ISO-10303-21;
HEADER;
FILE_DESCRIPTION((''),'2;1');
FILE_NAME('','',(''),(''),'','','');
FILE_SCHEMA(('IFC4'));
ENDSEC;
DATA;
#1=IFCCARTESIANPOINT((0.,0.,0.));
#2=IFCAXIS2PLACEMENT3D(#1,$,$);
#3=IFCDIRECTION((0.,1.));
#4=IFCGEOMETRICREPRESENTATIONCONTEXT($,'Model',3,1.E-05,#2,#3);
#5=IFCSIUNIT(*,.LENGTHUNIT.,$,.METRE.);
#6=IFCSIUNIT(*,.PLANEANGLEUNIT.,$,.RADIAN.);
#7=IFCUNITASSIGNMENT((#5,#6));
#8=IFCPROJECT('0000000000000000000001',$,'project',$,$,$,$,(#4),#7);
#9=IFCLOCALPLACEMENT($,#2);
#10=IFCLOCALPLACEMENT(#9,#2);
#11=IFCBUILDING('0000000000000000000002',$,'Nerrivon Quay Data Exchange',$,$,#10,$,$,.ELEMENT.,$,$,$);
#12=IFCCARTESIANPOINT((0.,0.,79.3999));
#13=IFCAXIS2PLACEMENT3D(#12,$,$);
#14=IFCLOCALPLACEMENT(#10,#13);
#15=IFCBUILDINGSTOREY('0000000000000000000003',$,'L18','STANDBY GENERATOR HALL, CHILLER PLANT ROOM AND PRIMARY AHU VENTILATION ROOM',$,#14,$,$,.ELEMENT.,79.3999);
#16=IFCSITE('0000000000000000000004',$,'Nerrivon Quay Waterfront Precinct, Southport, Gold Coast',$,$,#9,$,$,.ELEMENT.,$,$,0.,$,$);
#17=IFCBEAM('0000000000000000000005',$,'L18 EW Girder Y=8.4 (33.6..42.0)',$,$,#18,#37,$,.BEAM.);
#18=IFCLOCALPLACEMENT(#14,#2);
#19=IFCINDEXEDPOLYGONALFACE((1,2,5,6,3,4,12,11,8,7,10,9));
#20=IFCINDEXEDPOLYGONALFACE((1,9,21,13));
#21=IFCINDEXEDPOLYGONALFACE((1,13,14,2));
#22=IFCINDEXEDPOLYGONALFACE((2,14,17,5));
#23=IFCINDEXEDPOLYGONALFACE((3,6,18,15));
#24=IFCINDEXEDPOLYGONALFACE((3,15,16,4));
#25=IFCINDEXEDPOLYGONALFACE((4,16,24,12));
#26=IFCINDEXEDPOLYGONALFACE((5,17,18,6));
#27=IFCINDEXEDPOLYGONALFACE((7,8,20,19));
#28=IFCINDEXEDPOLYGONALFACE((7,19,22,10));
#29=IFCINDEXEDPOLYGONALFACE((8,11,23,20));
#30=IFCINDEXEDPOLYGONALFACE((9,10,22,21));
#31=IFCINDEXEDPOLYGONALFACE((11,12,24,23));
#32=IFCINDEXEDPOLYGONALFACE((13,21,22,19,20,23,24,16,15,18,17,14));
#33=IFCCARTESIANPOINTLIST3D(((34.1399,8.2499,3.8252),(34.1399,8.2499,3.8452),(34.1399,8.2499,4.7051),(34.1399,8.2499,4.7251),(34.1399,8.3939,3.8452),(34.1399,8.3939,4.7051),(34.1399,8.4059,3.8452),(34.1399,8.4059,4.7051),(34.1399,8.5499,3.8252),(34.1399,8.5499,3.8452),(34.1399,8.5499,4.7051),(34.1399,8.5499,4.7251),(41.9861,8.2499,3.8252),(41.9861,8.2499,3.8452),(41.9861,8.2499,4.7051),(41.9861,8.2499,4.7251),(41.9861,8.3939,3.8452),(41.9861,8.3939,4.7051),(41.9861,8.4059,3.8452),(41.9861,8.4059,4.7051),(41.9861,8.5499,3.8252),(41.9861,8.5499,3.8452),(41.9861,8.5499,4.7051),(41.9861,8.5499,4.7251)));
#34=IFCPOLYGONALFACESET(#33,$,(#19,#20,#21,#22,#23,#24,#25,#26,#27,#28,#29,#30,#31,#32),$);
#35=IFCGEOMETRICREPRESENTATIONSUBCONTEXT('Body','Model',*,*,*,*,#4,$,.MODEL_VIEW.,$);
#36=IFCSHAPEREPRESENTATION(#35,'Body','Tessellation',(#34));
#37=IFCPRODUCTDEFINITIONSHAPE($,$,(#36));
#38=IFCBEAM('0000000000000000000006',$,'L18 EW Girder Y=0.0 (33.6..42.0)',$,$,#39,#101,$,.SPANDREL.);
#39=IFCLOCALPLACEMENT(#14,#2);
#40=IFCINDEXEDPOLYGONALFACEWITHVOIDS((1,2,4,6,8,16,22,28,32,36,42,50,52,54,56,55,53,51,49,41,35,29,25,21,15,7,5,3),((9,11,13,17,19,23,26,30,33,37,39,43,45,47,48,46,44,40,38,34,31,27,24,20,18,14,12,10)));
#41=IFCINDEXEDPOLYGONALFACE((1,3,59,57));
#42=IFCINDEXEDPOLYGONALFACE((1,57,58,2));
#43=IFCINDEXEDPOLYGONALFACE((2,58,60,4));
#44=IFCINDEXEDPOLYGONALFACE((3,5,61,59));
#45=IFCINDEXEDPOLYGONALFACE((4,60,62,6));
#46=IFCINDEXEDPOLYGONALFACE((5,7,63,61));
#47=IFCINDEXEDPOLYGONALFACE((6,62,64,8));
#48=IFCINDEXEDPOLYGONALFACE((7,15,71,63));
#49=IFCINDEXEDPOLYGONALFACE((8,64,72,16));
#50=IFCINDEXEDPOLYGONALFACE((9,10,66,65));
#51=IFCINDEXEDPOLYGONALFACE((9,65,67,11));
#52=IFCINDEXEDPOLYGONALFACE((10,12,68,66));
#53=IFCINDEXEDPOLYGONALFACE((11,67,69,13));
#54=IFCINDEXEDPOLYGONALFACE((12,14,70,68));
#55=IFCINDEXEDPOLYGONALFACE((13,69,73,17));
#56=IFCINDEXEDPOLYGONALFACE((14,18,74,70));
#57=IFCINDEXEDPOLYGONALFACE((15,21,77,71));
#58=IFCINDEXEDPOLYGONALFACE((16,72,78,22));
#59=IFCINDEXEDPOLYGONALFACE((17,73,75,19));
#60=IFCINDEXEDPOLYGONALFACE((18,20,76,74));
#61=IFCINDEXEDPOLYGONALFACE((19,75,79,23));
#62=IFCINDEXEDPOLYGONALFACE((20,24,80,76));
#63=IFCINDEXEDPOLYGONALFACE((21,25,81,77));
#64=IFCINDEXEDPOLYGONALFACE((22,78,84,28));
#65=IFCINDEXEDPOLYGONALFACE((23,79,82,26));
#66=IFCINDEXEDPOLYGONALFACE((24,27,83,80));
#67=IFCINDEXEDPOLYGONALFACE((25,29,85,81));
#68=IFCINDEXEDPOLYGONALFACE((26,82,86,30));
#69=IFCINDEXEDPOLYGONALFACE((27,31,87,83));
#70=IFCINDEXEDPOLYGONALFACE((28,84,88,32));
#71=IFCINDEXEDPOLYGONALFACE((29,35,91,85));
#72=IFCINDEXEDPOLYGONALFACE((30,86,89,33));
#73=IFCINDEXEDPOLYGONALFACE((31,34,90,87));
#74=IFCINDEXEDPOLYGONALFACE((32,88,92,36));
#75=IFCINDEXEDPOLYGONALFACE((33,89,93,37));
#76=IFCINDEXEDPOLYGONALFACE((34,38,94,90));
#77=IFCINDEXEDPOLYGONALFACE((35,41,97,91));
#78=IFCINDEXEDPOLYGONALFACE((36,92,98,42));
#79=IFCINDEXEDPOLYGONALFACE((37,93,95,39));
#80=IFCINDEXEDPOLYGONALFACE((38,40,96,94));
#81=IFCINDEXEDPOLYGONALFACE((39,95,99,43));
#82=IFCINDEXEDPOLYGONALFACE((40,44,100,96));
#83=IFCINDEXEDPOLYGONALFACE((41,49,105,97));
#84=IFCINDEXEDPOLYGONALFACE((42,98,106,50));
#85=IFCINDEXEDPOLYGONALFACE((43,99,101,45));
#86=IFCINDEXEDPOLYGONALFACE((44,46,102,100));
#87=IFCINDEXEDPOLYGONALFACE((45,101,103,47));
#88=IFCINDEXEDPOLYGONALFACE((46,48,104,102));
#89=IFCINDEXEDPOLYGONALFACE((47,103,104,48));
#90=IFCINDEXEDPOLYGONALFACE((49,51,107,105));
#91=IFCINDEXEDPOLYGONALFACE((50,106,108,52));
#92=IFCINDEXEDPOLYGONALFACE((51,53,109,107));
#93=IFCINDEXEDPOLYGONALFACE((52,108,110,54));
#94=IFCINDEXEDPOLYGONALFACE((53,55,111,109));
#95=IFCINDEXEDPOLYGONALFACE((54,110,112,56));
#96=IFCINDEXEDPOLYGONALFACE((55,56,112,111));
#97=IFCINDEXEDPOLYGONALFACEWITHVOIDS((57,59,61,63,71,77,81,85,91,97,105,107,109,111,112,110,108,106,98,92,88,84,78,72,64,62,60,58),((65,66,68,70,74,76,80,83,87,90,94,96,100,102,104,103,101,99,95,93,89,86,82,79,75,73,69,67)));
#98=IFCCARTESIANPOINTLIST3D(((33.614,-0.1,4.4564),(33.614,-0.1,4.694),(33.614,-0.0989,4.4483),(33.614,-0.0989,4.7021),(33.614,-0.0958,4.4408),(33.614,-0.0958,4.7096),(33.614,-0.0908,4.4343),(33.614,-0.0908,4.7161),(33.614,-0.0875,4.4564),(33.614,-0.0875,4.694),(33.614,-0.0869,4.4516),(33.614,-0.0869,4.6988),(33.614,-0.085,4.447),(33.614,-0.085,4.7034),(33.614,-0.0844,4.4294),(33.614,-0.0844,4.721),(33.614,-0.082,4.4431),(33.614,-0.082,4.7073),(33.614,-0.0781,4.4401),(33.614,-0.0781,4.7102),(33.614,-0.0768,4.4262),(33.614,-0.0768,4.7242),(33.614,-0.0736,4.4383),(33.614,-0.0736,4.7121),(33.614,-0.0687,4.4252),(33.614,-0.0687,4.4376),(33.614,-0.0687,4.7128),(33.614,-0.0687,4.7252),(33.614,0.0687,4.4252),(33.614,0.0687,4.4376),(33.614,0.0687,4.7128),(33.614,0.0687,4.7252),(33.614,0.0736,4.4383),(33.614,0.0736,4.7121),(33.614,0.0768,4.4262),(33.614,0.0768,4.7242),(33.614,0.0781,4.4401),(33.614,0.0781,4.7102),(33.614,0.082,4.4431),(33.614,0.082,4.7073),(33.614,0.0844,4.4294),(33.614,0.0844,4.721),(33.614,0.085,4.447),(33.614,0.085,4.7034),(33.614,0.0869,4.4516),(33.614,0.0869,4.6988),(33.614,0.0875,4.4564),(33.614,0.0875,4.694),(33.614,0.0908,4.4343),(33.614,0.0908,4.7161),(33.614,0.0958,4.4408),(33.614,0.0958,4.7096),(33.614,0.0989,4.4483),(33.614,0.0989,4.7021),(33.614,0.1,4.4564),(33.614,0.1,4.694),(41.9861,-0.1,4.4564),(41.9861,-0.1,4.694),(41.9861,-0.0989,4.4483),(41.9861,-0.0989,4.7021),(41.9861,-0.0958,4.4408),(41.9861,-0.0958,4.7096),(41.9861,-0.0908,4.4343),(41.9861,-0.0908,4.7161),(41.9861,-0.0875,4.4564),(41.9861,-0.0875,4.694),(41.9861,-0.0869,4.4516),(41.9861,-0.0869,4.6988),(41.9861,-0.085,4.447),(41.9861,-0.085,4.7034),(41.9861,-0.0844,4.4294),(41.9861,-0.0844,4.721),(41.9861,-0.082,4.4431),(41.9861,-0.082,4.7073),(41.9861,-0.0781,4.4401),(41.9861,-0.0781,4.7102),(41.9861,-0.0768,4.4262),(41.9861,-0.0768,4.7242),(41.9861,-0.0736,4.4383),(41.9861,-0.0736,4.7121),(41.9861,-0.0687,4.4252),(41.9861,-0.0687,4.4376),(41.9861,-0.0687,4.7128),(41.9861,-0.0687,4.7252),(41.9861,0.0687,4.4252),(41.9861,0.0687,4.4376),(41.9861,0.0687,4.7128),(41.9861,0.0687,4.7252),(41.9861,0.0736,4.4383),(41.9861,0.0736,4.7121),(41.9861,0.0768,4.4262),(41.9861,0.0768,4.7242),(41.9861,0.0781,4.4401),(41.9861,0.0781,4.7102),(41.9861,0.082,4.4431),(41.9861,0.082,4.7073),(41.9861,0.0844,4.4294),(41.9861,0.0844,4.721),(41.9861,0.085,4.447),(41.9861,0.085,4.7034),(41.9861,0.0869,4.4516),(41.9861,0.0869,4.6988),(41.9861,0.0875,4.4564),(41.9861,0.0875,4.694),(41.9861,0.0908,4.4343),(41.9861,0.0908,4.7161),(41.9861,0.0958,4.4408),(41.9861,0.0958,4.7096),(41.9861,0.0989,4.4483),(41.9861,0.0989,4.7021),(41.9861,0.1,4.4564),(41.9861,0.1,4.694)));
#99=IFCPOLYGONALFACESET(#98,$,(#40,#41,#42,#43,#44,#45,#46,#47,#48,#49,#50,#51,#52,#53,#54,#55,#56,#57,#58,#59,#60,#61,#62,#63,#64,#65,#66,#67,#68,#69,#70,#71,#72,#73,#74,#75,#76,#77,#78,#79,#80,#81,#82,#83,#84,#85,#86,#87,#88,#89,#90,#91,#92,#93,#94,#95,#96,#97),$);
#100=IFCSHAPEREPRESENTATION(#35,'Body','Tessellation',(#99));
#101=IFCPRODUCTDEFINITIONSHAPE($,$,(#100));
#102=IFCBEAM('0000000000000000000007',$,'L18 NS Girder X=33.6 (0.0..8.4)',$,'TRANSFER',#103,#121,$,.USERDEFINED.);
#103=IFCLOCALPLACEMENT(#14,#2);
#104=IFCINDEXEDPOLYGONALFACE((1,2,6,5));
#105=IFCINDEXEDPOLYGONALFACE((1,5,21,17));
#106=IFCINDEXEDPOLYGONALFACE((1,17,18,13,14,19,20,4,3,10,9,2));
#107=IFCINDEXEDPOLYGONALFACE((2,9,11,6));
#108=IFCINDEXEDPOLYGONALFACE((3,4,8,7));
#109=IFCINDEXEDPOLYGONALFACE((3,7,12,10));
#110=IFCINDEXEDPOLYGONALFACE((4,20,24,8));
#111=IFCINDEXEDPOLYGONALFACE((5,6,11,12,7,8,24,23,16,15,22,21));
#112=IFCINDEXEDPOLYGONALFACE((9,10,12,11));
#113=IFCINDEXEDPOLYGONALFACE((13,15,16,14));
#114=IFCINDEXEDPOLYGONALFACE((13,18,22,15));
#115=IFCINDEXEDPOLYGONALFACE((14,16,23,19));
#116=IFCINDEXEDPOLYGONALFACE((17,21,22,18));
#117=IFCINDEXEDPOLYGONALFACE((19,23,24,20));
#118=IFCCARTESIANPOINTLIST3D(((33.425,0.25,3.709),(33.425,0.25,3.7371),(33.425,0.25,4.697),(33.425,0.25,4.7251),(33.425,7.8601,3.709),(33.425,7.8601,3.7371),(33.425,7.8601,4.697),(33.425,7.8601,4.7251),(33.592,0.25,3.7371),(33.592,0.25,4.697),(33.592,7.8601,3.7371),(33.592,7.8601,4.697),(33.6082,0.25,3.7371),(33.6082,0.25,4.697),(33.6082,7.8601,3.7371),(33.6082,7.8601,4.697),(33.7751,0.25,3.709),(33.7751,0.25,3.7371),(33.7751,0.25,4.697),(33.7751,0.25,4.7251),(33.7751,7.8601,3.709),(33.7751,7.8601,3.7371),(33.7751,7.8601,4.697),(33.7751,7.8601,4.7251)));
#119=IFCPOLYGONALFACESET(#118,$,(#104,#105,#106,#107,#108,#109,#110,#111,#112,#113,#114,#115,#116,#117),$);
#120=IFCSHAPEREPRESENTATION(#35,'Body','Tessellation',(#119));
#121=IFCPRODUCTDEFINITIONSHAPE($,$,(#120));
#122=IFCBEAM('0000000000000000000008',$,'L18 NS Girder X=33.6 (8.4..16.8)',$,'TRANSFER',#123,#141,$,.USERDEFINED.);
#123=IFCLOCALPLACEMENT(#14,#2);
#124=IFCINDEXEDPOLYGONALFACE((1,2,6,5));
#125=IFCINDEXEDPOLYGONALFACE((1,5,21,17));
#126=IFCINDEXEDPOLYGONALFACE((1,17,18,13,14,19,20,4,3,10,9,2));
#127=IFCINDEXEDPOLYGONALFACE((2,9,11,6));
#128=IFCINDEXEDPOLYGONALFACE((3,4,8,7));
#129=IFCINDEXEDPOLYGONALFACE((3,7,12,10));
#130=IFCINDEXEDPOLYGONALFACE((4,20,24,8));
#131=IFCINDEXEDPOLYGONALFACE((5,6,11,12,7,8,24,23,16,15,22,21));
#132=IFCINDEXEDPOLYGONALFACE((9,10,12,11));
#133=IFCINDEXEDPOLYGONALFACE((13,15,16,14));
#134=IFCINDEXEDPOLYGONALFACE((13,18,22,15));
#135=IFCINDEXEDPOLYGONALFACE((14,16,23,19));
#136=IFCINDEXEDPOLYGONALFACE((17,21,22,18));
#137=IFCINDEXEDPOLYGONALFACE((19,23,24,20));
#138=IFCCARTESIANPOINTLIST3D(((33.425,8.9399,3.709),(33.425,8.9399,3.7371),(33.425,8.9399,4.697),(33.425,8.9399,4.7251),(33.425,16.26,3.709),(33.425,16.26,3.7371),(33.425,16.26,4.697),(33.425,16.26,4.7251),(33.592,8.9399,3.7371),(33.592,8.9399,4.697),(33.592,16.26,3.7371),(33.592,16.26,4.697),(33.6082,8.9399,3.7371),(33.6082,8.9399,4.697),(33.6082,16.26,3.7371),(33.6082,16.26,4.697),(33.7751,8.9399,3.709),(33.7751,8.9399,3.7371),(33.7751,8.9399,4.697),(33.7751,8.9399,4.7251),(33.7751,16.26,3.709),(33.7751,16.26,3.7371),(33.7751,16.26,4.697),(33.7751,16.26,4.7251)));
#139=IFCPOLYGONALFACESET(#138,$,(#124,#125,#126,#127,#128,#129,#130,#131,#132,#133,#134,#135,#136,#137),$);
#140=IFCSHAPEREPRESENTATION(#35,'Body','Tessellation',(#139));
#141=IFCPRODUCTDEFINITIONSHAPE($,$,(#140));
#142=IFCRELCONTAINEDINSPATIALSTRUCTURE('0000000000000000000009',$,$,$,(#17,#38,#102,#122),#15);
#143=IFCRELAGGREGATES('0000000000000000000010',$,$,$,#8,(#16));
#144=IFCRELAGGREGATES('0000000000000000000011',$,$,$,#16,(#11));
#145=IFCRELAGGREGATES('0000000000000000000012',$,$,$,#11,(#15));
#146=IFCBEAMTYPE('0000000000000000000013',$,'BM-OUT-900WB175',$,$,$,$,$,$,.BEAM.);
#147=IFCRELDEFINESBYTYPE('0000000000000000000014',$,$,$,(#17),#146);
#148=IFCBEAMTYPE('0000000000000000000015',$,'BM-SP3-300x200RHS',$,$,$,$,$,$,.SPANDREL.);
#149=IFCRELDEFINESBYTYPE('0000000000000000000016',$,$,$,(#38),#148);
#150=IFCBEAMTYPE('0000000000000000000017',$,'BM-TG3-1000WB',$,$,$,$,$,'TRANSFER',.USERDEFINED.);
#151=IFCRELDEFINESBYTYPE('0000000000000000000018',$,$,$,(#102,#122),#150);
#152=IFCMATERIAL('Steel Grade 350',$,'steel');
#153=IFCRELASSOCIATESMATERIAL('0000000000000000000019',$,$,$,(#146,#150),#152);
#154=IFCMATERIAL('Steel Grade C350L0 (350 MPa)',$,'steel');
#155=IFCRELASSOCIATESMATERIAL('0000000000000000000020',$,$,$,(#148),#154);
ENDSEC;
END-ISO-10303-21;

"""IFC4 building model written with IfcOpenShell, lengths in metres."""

from ifc_helpers import new_model, si_unit, direction, frame, origin, origin_2d, place, context, subcontext, project, spatial, hollow_rectangle, i_section, extrude, material, material_profile, profile_set, type_object, element, save


model = new_model("IFC4")

# Units and contexts
model_context = context("Model", 3, precision=1e-05, world=origin(), true_north=direction((0.0, 1.0)))
body_context = subcontext(model_context, "Body", "Model", "MODEL_VIEW")
ifc_project = project(units=[si_unit("LENGTHUNIT", "METRE"), si_unit("PLANEANGLEUNIT", "RADIAN")], contexts=[model_context])

# Site, building, storey
site_placement = place(None, origin())
site = spatial("IfcSite", under=ifc_project, at=site_placement, Name="Nerrivon Quay Waterfront Precinct, Southport, Gold Coast", CompositionType="ELEMENT", RefElevation=0.0)
building_placement = place(site_placement, origin())
building = spatial("IfcBuilding", under=site, at=building_placement, Name="Nerrivon Quay Data Exchange", CompositionType="ELEMENT")
storey_placement = place(building_placement, frame((0.0, 0.0, 79.3999)))
storey = spatial("IfcBuildingStorey", under=building, at=storey_placement, Name="L18", Description="STANDBY GENERATOR HALL, CHILLER PLANT ROOM AND PRIMARY AHU VENTILATION ROOM", CompositionType="ELEMENT", Elevation=79.3999)

# Shared definitions
ifc_material_1 = material(Name="Steel Grade 350", Category="steel")

# Beams
ifc_material_profile_1 = material_profile(ifc_material_1, i_section(OverallWidth=0.3, OverallDepth=0.8999, WebThickness=0.012, FlangeThickness=0.02, at=origin_2d()), Name="900WB175")
ifc_profile_set_1 = profile_set([ifc_material_profile_1], Name="Steel Grade 350")
beam_type_1 = type_object("IfcBeamType", Name="BM-OUT-900WB175", PredefinedType="BEAM", material=ifc_profile_set_1)
beam_1_placement = place(storey_placement, frame((34.1399, 8.3999, 4.2751), z_axis=(1.0, 0.0, 0.0), x_axis=(0.0, 1.0, 0.0)))
element("IfcBeam", 1, at=beam_1_placement, inside=storey, type_object=beam_type_1, Name="L18 EW Girder Y=8.4 (33.6..42.0)", PredefinedType="BEAM", context=body_context, shape_type="SweptSolid", body=[
    extrude(i_section(OverallWidth=0.3, OverallDepth=0.8999, WebThickness=0.012, FlangeThickness=0.02, at=origin_2d()), origin(), (0.0, 0.0, 1.0), 7.8462),
])
ifc_material_2 = material(Name="Steel Grade C350L0 (350 MPa)", Category="steel")
ifc_material_profile_2 = material_profile(ifc_material_2, hollow_rectangle(XDim=0.2, YDim=0.3, WallThickness=0.0125, InnerFilletRadius=0.0188, OuterFilletRadius=0.0312, at=origin_2d()), Name="300x200x12.5RHS")
ifc_profile_set_2 = profile_set([ifc_material_profile_2], Name="Steel Grade C350L0 (350 MPa)")
beam_type_2 = type_object("IfcBeamType", Name="BM-SP3-300x200RHS", PredefinedType="SPANDREL", material=ifc_profile_set_2)
beam_2_placement = place(storey_placement, frame((33.614, 0.0, 4.5752), z_axis=(1.0, 0.0, 0.0), x_axis=(0.0, 1.0, 0.0)))
element("IfcBeam", 2, at=beam_2_placement, inside=storey, type_object=beam_type_2, Name="L18 EW Girder Y=0.0 (33.6..42.0)", PredefinedType="SPANDREL", context=body_context, shape_type="SweptSolid", body=[
    extrude(hollow_rectangle(XDim=0.2, YDim=0.3, WallThickness=0.0125, InnerFilletRadius=0.0188, OuterFilletRadius=0.0312, at=origin_2d()), origin(), (0.0, 0.0, 1.0), 8.3721),
])
ifc_material_profile_3 = material_profile(ifc_material_1, i_section(OverallWidth=0.3501, OverallDepth=1.0161, WebThickness=0.0161, FlangeThickness=0.0281, at=origin_2d()), Name="1000WB258")
ifc_profile_set_3 = profile_set([ifc_material_profile_3], Name="Steel Grade 350")
beam_type_3 = type_object("IfcBeamType", Name="BM-TG3-1000WB", ElementType="TRANSFER", PredefinedType="USERDEFINED", material=ifc_profile_set_3)
beam_3_placement = place(storey_placement, frame((33.6001, 0.25, 4.217), z_axis=(0.0, 1.0, 0.0), x_axis=(-1.0, 0.0, 0.0)))
element("IfcBeam", 3, at=beam_3_placement, inside=storey, type_object=beam_type_3, Name="L18 NS Girder X=33.6 (0.0..8.4)", ObjectType="TRANSFER", PredefinedType="USERDEFINED", context=body_context, shape_type="SweptSolid", body=[
    extrude(i_section(OverallWidth=0.3501, OverallDepth=1.0161, WebThickness=0.0161, FlangeThickness=0.0281, at=origin_2d()), origin(), (0.0, 0.0, 1.0), 7.6101),
])
beam_4_placement = place(storey_placement, frame((33.6001, 8.9399, 4.217), z_axis=(0.0, 1.0, 0.0), x_axis=(-1.0, 0.0, 0.0)))
element("IfcBeam", 4, at=beam_4_placement, inside=storey, type_object=beam_type_3, Name="L18 NS Girder X=33.6 (8.4..16.8)", ObjectType="TRANSFER", PredefinedType="USERDEFINED", context=body_context, shape_type="SweptSolid", body=[
    extrude(i_section(OverallWidth=0.3501, OverallDepth=1.0161, WebThickness=0.0161, FlangeThickness=0.0281, at=origin_2d()), origin(), (0.0, 0.0, 1.0), 7.3201),
])

save(model, "model.ifc")
